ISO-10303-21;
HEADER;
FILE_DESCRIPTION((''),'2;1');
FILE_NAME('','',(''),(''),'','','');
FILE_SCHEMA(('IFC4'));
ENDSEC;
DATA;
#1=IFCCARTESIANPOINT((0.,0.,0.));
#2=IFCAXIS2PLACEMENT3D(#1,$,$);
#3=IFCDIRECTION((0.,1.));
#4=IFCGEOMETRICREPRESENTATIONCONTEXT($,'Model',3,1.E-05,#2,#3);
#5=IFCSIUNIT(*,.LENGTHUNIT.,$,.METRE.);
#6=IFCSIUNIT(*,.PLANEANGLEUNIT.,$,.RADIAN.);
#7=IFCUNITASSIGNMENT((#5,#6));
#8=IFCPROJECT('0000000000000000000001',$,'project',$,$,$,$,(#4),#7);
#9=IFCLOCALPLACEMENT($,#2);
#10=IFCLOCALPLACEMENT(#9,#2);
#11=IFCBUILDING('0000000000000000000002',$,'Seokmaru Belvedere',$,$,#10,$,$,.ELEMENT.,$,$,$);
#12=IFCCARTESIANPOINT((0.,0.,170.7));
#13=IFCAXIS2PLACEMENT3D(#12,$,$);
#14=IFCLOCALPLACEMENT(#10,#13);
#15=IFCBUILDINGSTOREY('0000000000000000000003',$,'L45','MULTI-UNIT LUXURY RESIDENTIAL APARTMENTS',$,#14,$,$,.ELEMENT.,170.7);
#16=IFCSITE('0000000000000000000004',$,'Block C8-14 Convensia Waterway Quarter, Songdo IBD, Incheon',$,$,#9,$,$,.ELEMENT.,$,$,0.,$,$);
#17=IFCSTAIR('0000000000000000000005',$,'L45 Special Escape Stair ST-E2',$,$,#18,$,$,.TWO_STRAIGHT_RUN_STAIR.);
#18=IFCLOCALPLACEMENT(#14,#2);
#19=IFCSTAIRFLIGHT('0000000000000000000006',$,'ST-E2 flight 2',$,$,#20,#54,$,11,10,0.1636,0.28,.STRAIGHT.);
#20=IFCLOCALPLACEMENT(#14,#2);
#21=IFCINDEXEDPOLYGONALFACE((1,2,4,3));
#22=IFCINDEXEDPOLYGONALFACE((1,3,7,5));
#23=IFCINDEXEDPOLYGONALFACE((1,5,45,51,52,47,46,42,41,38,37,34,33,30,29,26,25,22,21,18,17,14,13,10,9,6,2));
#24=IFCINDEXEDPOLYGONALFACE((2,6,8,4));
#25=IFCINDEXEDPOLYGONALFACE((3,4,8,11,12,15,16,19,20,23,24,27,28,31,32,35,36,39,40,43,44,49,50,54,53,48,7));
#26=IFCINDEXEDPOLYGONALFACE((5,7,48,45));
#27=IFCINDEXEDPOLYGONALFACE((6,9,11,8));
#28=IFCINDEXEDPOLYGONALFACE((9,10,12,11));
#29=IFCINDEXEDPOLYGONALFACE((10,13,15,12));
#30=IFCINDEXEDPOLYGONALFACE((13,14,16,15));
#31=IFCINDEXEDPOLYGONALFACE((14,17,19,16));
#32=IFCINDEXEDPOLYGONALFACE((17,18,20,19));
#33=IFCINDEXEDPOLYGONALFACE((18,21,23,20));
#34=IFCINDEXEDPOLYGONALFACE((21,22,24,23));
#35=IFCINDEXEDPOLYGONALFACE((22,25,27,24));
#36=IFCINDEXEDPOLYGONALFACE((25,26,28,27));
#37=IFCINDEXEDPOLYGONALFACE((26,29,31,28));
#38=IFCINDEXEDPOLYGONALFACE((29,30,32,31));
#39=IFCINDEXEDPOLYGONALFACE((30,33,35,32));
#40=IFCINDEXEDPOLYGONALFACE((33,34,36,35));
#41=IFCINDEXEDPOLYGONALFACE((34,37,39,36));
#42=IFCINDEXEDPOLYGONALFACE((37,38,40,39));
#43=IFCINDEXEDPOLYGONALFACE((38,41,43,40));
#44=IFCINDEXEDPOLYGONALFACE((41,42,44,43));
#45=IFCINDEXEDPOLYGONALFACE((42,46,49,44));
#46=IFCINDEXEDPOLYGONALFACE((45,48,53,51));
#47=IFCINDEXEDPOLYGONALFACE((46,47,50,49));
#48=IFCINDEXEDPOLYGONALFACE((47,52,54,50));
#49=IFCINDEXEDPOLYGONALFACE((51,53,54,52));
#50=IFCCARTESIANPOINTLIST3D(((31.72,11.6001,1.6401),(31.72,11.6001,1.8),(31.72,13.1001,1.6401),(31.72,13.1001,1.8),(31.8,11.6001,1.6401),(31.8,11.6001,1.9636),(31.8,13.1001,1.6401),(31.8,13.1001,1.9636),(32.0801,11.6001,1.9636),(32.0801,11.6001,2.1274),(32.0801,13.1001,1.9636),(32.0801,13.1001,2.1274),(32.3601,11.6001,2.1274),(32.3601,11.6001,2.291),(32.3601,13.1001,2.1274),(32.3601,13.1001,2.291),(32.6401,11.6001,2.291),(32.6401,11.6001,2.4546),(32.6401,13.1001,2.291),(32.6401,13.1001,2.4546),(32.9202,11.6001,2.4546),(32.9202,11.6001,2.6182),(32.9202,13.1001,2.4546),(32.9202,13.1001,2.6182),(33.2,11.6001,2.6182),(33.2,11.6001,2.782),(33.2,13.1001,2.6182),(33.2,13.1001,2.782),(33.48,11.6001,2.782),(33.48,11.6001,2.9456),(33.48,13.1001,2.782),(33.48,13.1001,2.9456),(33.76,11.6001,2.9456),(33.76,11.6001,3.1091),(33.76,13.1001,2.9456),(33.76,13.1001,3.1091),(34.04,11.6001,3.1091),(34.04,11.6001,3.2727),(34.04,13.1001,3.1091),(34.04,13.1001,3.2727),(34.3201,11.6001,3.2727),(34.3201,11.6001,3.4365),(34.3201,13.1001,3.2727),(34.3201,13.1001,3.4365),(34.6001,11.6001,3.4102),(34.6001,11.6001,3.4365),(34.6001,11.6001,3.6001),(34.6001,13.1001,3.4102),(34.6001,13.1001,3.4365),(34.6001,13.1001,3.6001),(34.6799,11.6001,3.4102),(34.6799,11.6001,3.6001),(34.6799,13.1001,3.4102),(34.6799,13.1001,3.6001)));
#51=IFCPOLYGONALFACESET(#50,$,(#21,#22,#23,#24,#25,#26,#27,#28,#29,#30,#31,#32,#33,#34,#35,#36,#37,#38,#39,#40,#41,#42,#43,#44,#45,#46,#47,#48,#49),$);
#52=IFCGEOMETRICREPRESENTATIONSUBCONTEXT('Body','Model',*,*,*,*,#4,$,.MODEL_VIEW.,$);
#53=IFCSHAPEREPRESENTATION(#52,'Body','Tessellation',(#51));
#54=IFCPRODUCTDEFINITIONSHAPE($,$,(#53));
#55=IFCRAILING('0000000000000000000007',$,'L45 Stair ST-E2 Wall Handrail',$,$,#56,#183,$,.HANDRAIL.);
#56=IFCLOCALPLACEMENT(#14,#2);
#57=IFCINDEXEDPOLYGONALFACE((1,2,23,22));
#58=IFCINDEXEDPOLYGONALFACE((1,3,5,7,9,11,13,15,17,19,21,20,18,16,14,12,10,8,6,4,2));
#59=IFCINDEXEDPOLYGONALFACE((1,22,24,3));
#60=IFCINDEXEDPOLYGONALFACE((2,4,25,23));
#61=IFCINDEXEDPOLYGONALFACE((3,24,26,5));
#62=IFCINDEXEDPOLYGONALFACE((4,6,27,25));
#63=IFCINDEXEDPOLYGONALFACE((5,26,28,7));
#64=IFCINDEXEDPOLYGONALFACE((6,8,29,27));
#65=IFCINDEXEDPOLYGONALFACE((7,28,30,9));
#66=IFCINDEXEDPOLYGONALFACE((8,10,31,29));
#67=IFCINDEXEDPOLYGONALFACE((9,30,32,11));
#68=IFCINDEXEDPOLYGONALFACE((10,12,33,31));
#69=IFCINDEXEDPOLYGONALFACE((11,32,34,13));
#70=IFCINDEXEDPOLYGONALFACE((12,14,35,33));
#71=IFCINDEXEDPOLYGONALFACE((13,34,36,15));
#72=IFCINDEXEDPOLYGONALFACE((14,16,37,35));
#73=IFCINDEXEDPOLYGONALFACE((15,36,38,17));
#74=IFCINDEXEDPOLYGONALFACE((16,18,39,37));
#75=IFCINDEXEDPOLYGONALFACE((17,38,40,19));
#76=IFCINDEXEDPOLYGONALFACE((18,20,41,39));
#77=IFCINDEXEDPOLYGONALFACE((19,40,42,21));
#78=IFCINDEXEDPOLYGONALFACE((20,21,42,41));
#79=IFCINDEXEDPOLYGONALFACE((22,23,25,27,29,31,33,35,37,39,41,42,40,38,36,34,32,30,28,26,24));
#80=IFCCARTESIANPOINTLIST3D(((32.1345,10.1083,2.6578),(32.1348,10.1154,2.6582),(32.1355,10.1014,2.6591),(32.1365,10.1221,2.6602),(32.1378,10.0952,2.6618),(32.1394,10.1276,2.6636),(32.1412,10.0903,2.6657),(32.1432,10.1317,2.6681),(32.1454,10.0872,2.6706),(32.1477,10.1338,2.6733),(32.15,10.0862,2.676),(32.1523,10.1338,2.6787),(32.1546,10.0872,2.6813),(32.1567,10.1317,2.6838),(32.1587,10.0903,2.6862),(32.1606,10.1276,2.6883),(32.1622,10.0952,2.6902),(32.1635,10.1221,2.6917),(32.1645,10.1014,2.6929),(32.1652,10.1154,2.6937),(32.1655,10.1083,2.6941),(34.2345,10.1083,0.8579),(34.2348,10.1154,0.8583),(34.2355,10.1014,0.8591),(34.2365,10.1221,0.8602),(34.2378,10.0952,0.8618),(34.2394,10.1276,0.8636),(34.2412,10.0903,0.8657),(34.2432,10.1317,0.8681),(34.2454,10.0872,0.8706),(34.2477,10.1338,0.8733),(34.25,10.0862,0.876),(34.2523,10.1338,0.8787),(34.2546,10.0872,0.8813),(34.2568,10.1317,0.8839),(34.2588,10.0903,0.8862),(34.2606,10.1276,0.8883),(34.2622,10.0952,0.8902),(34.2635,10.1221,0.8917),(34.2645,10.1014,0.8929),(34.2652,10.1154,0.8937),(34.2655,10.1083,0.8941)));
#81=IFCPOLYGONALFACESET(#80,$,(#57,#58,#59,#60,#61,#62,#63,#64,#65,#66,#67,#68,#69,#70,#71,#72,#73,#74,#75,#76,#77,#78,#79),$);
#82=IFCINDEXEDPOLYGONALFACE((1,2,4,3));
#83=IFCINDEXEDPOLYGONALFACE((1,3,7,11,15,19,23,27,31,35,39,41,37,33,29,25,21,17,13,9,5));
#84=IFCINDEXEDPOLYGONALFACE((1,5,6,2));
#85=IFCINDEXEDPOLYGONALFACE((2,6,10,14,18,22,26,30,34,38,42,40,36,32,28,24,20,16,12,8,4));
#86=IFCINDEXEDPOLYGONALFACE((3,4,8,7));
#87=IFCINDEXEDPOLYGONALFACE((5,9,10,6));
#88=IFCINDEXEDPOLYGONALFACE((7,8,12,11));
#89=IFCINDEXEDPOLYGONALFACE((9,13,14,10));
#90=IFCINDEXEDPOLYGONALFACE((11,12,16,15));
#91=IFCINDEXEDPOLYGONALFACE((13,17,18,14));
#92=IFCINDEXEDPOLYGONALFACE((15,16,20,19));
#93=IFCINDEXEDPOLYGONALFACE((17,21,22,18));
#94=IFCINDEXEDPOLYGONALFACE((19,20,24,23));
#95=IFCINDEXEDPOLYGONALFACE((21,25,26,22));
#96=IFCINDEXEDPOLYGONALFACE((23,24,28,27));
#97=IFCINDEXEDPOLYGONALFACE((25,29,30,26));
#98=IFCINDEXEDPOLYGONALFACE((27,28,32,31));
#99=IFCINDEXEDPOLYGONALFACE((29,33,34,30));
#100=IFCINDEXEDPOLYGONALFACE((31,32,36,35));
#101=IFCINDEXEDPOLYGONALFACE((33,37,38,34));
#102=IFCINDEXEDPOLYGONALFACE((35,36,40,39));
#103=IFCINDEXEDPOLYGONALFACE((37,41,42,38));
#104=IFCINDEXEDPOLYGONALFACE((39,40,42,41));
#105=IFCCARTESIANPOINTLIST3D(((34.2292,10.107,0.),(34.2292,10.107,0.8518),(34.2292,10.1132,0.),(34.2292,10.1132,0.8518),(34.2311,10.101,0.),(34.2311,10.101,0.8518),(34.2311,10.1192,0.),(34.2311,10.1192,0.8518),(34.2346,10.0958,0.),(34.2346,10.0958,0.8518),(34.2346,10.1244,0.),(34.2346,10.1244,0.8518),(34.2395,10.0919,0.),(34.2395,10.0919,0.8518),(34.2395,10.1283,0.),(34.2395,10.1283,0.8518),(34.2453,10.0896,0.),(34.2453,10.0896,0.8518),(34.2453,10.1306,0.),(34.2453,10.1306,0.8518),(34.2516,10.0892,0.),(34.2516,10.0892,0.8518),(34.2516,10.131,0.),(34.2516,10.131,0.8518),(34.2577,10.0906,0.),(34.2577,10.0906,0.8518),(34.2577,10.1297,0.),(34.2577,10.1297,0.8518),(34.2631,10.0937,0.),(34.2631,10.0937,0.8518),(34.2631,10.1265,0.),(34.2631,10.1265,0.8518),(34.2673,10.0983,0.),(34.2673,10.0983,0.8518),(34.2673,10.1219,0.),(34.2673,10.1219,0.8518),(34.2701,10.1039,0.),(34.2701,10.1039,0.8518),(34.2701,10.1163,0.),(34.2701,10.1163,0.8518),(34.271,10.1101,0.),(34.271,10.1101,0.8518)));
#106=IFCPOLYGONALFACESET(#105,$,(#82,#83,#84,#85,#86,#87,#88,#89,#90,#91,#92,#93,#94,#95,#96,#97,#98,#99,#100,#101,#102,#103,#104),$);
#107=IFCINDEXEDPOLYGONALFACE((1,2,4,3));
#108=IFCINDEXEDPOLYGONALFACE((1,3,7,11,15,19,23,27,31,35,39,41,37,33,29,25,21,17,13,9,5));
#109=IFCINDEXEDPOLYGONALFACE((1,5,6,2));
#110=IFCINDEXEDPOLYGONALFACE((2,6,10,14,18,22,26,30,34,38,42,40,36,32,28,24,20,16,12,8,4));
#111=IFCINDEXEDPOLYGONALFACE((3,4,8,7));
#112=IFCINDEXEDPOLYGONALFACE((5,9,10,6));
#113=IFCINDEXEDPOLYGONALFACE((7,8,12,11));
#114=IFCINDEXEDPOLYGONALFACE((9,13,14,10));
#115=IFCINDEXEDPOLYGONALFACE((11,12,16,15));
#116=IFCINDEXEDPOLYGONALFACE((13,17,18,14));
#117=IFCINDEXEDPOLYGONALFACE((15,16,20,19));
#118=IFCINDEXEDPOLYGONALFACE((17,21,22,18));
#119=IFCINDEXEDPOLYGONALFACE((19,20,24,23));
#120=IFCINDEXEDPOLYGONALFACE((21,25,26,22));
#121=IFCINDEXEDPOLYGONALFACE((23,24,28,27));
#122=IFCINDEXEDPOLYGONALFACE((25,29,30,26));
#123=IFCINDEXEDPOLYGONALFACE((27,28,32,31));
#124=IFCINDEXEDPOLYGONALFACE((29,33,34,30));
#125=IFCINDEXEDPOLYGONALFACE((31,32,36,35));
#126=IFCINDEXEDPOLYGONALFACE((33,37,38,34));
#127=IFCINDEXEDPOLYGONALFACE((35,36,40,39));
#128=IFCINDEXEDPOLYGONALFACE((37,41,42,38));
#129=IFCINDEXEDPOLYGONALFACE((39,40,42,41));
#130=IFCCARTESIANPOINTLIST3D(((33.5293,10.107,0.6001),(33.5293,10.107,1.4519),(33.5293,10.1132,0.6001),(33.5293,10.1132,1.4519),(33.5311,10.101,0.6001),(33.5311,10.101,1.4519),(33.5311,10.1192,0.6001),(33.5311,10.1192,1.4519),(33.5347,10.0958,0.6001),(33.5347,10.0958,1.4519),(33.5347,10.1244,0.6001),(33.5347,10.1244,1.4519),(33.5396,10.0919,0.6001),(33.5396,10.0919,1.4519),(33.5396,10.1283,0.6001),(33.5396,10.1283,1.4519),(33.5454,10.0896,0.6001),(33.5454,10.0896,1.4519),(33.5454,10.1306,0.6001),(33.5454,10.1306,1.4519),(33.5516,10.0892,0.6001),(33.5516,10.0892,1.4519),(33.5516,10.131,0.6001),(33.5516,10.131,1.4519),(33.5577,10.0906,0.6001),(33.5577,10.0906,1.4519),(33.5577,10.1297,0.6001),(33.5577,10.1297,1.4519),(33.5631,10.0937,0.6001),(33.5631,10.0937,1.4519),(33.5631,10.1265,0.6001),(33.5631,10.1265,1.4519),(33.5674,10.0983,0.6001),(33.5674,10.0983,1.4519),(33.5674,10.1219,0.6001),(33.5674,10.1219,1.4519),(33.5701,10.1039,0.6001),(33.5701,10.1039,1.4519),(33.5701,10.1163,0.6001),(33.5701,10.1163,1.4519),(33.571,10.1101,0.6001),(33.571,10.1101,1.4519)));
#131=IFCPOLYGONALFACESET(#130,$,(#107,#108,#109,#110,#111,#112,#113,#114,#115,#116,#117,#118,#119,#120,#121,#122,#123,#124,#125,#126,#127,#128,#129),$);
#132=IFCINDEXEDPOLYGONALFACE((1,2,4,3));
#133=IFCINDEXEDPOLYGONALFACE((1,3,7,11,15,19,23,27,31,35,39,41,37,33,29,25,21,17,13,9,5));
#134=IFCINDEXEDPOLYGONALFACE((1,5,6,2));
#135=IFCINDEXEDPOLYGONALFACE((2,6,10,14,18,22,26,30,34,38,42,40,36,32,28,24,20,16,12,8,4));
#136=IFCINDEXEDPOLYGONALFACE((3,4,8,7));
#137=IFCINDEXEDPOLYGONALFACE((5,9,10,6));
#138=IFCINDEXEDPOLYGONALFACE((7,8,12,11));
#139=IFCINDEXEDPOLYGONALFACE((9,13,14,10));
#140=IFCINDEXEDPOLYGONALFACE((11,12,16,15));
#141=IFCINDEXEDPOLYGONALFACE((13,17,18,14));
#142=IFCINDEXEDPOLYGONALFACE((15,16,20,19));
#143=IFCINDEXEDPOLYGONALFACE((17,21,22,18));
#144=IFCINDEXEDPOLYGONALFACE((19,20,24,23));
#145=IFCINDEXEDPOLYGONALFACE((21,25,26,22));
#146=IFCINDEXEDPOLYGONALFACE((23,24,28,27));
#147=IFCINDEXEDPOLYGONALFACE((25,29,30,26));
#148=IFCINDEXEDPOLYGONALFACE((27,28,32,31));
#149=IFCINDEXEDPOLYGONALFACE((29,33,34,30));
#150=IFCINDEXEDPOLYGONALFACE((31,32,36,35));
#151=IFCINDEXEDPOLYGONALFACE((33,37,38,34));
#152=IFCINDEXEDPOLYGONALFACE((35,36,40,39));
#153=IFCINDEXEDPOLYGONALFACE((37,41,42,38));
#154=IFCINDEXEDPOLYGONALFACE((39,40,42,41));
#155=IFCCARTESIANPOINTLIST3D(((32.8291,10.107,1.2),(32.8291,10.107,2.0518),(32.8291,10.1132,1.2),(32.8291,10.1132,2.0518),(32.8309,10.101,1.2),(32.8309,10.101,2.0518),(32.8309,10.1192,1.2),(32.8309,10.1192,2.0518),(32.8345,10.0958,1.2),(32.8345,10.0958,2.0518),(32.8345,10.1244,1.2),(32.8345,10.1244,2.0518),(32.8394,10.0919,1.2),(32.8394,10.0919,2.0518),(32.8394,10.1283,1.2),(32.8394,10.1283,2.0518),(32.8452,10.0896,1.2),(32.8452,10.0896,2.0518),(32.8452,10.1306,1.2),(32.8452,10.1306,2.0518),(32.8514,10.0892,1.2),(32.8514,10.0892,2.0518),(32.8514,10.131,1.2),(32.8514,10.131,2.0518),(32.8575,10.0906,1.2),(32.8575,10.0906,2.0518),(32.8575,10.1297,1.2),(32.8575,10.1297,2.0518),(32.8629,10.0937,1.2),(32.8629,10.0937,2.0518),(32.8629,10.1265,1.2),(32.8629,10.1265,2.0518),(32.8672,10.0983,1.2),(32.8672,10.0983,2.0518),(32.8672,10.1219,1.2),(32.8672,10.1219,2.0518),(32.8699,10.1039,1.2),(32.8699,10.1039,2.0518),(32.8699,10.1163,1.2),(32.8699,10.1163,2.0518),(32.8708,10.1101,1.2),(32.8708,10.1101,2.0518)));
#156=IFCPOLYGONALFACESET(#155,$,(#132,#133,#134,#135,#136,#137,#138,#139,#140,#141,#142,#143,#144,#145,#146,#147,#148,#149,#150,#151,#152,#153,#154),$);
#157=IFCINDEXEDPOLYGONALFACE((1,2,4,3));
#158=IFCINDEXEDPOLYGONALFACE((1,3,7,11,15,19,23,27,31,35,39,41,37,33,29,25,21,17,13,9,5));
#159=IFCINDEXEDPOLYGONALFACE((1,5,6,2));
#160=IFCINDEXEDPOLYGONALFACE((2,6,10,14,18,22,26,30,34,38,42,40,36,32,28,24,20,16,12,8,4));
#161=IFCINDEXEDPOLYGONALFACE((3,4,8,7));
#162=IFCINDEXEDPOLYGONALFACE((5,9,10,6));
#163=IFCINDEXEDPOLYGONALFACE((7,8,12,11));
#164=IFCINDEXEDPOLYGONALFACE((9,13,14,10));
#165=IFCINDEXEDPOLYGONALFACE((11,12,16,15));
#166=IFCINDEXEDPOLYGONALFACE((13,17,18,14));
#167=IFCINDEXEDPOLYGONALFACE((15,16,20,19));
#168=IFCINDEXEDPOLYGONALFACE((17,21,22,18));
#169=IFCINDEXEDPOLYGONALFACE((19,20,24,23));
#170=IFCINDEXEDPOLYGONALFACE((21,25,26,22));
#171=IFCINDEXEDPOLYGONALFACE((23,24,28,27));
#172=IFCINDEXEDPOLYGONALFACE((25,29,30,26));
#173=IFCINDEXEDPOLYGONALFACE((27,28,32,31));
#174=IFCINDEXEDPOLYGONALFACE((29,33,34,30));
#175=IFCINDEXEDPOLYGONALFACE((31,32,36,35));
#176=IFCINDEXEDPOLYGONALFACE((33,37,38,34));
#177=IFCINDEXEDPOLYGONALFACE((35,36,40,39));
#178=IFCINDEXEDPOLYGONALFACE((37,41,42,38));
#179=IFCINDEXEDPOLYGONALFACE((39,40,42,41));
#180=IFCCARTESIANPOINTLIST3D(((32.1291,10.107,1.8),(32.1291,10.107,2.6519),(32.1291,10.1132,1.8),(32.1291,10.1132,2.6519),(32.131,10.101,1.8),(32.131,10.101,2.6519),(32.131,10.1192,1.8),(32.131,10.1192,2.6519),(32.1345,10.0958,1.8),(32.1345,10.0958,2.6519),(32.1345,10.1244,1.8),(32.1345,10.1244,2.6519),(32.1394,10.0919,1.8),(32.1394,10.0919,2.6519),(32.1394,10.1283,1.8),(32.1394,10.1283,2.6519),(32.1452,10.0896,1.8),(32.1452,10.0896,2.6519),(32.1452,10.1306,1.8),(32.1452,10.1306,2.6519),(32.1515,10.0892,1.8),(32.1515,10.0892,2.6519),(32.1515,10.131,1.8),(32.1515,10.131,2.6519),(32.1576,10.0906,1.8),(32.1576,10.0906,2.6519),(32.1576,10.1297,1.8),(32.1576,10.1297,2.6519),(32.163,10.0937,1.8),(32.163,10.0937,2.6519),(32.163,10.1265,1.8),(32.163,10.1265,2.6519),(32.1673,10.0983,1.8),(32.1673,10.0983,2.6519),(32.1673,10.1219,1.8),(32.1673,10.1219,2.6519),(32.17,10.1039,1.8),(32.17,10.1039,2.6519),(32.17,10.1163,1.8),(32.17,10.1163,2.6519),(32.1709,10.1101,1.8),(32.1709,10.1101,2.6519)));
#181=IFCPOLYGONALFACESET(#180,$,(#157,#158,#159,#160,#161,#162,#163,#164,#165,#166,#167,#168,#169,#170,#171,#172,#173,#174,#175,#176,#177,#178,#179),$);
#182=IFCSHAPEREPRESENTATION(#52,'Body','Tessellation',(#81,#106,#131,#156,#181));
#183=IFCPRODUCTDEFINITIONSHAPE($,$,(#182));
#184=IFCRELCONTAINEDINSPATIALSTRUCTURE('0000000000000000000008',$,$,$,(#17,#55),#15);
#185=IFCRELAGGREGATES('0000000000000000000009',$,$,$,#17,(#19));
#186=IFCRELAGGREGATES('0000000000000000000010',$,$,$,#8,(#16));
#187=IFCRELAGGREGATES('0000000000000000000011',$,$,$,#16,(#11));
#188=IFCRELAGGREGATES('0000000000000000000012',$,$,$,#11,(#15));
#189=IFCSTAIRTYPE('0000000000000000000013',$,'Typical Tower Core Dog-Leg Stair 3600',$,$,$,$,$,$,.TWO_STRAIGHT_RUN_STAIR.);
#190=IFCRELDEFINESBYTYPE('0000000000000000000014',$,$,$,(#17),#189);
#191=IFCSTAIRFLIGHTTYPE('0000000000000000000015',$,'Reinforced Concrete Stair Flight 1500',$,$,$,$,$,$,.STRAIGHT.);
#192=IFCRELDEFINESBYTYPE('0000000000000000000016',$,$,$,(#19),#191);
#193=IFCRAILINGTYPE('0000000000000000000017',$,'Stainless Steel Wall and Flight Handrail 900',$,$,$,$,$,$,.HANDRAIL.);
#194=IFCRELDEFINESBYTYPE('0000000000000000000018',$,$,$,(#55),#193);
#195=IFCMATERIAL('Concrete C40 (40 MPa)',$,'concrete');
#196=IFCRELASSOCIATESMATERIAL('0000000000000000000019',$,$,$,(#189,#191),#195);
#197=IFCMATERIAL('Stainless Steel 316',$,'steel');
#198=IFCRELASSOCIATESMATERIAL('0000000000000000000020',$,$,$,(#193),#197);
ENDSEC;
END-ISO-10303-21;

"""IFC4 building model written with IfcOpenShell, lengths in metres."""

from ifc_helpers import new_model, si_unit, direction, frame, origin, origin_2d, place, context, subcontext, project, spatial, polyline, circle, outline, extrude, material, type_object, element, aggregate, save


model = new_model("IFC4")

# Units and contexts
model_context = context("Model", 3, precision=1e-05, world=origin(), true_north=direction((0.0, 1.0)))
body_context = subcontext(model_context, "Body", "Model", "MODEL_VIEW")
ifc_project = project(units=[si_unit("LENGTHUNIT", "METRE"), si_unit("PLANEANGLEUNIT", "RADIAN")], contexts=[model_context])

# Site, building, storey
site_placement = place(None, origin())
site = spatial("IfcSite", under=ifc_project, at=site_placement, Name="Block C8-14 Convensia Waterway Quarter, Songdo IBD, Incheon", CompositionType="ELEMENT", RefElevation=0.0)
building_placement = place(site_placement, origin())
building = spatial("IfcBuilding", under=site, at=building_placement, Name="Seokmaru Belvedere", CompositionType="ELEMENT")
storey_placement = place(building_placement, frame((0.0, 0.0, 170.7)))
storey = spatial("IfcBuildingStorey", under=building, at=storey_placement, Name="L45", Description="MULTI-UNIT LUXURY RESIDENTIAL APARTMENTS", CompositionType="ELEMENT", Elevation=170.7)

# Shared definitions
ifc_material_1 = material(Name="Stainless Steel 316", Category="steel")

# Stair, stair flight
ifc_material_2 = material(Name="Concrete C40 (40 MPa)", Category="concrete")
stair_type = type_object("IfcStairType", Name="Typical Tower Core Dog-Leg Stair 3600", PredefinedType="TWO_STRAIGHT_RUN_STAIR", material=ifc_material_2)
stair_placement = place(storey_placement, origin())
stair = element("IfcStair", 1, at=stair_placement, inside=storey, type_object=stair_type, Name="L45 Special Escape Stair ST-E2", PredefinedType="TWO_STRAIGHT_RUN_STAIR")
stair_flight_type = type_object("IfcStairFlightType", Name="Reinforced Concrete Stair Flight 1500", PredefinedType="STRAIGHT", material=ifc_material_2)
stair_flight_1_placement = place(storey_placement, frame((31.8, 12.3501, 1.8), z_axis=(0.0, 0.0, 1.0), x_axis=(1.0, 0.0, 0.0)))
stair_flight_1 = element("IfcStairFlight", 2, at=stair_flight_1_placement, type_object=stair_flight_type, Name="ST-E2 flight 2", NumberOfRisers=11, NumberOfTreads=10, PredefinedType="STRAIGHT", RiserHeight=0.1636, TreadLength=0.28, context=body_context, shape_type="SweptSolid", body=[
    extrude(outline(polyline([(-0.0801, 0.0), (0.0, 0.1636), (0.28, 0.1636), (0.28, 0.3274), (0.5601, 0.3274), (0.5601, 0.491), (0.8401, 0.491), (0.8401, 0.6545), (1.1201, 0.6545), (1.1201, 0.8181), (1.3999, 0.8181), (1.3999, 0.9819), (1.6799, 0.9819), (1.6799, 1.1455), (1.96, 1.1455), (1.96, 1.3091), (2.24, 1.3091), (2.24, 1.4727), (2.52, 1.4727), (2.52, 1.6365), (2.8, 1.6365), (2.8, 1.8), (2.8799, 1.8), (2.8799, 1.6101), (2.8, 1.6101), (0.0, -0.1599), (-0.0801, -0.1599), (-0.0801, 0.0)])), frame((0.0, 0.75, 0.0), z_axis=(0.0, -1.0, 0.0), x_axis=(1.0, 0.0, 0.0)), (0.0, 0.0, 1.0), 1.5),
])
aggregate(stair, [stair_flight_1])

# Railing
railing_type_1 = type_object("IfcRailingType", Name="Stainless Steel Wall and Flight Handrail 900", PredefinedType="HANDRAIL", material=ifc_material_1)
railing_1_placement = place(storey_placement, frame((34.25, 10.1101, 0.0)))
element("IfcRailing", 3, at=railing_1_placement, inside=storey, type_object=railing_type_1, Name="L45 Stair ST-E2 Wall Handrail", PredefinedType="HANDRAIL", context=body_context, shape_type="SweptSolid", body=[
    extrude(circle(Radius=0.0239, at=origin_2d()), frame((0.0, 0.0, 0.876), z_axis=(-0.759263, 0.0, 0.650784), x_axis=(0.0, -1.0, 0.0)), (0.0, 0.0, 1.0), 2.7659),
    extrude(circle(Radius=0.021, at=origin_2d()), origin(), (0.0, 0.0, 1.0), 0.8518),
    extrude(circle(Radius=0.021, at=origin_2d()), frame((-0.7, 0.0, 0.6001)), (0.0, 0.0, 1.0), 0.8518),
    extrude(circle(Radius=0.021, at=origin_2d()), frame((-1.4001, 0.0, 1.2)), (0.0, 0.0, 1.0), 0.8518),
    extrude(circle(Radius=0.021, at=origin_2d()), frame((-2.1001, 0.0, 1.8)), (0.0, 0.0, 1.0), 0.8518),
])

save(model, "model.ifc")
